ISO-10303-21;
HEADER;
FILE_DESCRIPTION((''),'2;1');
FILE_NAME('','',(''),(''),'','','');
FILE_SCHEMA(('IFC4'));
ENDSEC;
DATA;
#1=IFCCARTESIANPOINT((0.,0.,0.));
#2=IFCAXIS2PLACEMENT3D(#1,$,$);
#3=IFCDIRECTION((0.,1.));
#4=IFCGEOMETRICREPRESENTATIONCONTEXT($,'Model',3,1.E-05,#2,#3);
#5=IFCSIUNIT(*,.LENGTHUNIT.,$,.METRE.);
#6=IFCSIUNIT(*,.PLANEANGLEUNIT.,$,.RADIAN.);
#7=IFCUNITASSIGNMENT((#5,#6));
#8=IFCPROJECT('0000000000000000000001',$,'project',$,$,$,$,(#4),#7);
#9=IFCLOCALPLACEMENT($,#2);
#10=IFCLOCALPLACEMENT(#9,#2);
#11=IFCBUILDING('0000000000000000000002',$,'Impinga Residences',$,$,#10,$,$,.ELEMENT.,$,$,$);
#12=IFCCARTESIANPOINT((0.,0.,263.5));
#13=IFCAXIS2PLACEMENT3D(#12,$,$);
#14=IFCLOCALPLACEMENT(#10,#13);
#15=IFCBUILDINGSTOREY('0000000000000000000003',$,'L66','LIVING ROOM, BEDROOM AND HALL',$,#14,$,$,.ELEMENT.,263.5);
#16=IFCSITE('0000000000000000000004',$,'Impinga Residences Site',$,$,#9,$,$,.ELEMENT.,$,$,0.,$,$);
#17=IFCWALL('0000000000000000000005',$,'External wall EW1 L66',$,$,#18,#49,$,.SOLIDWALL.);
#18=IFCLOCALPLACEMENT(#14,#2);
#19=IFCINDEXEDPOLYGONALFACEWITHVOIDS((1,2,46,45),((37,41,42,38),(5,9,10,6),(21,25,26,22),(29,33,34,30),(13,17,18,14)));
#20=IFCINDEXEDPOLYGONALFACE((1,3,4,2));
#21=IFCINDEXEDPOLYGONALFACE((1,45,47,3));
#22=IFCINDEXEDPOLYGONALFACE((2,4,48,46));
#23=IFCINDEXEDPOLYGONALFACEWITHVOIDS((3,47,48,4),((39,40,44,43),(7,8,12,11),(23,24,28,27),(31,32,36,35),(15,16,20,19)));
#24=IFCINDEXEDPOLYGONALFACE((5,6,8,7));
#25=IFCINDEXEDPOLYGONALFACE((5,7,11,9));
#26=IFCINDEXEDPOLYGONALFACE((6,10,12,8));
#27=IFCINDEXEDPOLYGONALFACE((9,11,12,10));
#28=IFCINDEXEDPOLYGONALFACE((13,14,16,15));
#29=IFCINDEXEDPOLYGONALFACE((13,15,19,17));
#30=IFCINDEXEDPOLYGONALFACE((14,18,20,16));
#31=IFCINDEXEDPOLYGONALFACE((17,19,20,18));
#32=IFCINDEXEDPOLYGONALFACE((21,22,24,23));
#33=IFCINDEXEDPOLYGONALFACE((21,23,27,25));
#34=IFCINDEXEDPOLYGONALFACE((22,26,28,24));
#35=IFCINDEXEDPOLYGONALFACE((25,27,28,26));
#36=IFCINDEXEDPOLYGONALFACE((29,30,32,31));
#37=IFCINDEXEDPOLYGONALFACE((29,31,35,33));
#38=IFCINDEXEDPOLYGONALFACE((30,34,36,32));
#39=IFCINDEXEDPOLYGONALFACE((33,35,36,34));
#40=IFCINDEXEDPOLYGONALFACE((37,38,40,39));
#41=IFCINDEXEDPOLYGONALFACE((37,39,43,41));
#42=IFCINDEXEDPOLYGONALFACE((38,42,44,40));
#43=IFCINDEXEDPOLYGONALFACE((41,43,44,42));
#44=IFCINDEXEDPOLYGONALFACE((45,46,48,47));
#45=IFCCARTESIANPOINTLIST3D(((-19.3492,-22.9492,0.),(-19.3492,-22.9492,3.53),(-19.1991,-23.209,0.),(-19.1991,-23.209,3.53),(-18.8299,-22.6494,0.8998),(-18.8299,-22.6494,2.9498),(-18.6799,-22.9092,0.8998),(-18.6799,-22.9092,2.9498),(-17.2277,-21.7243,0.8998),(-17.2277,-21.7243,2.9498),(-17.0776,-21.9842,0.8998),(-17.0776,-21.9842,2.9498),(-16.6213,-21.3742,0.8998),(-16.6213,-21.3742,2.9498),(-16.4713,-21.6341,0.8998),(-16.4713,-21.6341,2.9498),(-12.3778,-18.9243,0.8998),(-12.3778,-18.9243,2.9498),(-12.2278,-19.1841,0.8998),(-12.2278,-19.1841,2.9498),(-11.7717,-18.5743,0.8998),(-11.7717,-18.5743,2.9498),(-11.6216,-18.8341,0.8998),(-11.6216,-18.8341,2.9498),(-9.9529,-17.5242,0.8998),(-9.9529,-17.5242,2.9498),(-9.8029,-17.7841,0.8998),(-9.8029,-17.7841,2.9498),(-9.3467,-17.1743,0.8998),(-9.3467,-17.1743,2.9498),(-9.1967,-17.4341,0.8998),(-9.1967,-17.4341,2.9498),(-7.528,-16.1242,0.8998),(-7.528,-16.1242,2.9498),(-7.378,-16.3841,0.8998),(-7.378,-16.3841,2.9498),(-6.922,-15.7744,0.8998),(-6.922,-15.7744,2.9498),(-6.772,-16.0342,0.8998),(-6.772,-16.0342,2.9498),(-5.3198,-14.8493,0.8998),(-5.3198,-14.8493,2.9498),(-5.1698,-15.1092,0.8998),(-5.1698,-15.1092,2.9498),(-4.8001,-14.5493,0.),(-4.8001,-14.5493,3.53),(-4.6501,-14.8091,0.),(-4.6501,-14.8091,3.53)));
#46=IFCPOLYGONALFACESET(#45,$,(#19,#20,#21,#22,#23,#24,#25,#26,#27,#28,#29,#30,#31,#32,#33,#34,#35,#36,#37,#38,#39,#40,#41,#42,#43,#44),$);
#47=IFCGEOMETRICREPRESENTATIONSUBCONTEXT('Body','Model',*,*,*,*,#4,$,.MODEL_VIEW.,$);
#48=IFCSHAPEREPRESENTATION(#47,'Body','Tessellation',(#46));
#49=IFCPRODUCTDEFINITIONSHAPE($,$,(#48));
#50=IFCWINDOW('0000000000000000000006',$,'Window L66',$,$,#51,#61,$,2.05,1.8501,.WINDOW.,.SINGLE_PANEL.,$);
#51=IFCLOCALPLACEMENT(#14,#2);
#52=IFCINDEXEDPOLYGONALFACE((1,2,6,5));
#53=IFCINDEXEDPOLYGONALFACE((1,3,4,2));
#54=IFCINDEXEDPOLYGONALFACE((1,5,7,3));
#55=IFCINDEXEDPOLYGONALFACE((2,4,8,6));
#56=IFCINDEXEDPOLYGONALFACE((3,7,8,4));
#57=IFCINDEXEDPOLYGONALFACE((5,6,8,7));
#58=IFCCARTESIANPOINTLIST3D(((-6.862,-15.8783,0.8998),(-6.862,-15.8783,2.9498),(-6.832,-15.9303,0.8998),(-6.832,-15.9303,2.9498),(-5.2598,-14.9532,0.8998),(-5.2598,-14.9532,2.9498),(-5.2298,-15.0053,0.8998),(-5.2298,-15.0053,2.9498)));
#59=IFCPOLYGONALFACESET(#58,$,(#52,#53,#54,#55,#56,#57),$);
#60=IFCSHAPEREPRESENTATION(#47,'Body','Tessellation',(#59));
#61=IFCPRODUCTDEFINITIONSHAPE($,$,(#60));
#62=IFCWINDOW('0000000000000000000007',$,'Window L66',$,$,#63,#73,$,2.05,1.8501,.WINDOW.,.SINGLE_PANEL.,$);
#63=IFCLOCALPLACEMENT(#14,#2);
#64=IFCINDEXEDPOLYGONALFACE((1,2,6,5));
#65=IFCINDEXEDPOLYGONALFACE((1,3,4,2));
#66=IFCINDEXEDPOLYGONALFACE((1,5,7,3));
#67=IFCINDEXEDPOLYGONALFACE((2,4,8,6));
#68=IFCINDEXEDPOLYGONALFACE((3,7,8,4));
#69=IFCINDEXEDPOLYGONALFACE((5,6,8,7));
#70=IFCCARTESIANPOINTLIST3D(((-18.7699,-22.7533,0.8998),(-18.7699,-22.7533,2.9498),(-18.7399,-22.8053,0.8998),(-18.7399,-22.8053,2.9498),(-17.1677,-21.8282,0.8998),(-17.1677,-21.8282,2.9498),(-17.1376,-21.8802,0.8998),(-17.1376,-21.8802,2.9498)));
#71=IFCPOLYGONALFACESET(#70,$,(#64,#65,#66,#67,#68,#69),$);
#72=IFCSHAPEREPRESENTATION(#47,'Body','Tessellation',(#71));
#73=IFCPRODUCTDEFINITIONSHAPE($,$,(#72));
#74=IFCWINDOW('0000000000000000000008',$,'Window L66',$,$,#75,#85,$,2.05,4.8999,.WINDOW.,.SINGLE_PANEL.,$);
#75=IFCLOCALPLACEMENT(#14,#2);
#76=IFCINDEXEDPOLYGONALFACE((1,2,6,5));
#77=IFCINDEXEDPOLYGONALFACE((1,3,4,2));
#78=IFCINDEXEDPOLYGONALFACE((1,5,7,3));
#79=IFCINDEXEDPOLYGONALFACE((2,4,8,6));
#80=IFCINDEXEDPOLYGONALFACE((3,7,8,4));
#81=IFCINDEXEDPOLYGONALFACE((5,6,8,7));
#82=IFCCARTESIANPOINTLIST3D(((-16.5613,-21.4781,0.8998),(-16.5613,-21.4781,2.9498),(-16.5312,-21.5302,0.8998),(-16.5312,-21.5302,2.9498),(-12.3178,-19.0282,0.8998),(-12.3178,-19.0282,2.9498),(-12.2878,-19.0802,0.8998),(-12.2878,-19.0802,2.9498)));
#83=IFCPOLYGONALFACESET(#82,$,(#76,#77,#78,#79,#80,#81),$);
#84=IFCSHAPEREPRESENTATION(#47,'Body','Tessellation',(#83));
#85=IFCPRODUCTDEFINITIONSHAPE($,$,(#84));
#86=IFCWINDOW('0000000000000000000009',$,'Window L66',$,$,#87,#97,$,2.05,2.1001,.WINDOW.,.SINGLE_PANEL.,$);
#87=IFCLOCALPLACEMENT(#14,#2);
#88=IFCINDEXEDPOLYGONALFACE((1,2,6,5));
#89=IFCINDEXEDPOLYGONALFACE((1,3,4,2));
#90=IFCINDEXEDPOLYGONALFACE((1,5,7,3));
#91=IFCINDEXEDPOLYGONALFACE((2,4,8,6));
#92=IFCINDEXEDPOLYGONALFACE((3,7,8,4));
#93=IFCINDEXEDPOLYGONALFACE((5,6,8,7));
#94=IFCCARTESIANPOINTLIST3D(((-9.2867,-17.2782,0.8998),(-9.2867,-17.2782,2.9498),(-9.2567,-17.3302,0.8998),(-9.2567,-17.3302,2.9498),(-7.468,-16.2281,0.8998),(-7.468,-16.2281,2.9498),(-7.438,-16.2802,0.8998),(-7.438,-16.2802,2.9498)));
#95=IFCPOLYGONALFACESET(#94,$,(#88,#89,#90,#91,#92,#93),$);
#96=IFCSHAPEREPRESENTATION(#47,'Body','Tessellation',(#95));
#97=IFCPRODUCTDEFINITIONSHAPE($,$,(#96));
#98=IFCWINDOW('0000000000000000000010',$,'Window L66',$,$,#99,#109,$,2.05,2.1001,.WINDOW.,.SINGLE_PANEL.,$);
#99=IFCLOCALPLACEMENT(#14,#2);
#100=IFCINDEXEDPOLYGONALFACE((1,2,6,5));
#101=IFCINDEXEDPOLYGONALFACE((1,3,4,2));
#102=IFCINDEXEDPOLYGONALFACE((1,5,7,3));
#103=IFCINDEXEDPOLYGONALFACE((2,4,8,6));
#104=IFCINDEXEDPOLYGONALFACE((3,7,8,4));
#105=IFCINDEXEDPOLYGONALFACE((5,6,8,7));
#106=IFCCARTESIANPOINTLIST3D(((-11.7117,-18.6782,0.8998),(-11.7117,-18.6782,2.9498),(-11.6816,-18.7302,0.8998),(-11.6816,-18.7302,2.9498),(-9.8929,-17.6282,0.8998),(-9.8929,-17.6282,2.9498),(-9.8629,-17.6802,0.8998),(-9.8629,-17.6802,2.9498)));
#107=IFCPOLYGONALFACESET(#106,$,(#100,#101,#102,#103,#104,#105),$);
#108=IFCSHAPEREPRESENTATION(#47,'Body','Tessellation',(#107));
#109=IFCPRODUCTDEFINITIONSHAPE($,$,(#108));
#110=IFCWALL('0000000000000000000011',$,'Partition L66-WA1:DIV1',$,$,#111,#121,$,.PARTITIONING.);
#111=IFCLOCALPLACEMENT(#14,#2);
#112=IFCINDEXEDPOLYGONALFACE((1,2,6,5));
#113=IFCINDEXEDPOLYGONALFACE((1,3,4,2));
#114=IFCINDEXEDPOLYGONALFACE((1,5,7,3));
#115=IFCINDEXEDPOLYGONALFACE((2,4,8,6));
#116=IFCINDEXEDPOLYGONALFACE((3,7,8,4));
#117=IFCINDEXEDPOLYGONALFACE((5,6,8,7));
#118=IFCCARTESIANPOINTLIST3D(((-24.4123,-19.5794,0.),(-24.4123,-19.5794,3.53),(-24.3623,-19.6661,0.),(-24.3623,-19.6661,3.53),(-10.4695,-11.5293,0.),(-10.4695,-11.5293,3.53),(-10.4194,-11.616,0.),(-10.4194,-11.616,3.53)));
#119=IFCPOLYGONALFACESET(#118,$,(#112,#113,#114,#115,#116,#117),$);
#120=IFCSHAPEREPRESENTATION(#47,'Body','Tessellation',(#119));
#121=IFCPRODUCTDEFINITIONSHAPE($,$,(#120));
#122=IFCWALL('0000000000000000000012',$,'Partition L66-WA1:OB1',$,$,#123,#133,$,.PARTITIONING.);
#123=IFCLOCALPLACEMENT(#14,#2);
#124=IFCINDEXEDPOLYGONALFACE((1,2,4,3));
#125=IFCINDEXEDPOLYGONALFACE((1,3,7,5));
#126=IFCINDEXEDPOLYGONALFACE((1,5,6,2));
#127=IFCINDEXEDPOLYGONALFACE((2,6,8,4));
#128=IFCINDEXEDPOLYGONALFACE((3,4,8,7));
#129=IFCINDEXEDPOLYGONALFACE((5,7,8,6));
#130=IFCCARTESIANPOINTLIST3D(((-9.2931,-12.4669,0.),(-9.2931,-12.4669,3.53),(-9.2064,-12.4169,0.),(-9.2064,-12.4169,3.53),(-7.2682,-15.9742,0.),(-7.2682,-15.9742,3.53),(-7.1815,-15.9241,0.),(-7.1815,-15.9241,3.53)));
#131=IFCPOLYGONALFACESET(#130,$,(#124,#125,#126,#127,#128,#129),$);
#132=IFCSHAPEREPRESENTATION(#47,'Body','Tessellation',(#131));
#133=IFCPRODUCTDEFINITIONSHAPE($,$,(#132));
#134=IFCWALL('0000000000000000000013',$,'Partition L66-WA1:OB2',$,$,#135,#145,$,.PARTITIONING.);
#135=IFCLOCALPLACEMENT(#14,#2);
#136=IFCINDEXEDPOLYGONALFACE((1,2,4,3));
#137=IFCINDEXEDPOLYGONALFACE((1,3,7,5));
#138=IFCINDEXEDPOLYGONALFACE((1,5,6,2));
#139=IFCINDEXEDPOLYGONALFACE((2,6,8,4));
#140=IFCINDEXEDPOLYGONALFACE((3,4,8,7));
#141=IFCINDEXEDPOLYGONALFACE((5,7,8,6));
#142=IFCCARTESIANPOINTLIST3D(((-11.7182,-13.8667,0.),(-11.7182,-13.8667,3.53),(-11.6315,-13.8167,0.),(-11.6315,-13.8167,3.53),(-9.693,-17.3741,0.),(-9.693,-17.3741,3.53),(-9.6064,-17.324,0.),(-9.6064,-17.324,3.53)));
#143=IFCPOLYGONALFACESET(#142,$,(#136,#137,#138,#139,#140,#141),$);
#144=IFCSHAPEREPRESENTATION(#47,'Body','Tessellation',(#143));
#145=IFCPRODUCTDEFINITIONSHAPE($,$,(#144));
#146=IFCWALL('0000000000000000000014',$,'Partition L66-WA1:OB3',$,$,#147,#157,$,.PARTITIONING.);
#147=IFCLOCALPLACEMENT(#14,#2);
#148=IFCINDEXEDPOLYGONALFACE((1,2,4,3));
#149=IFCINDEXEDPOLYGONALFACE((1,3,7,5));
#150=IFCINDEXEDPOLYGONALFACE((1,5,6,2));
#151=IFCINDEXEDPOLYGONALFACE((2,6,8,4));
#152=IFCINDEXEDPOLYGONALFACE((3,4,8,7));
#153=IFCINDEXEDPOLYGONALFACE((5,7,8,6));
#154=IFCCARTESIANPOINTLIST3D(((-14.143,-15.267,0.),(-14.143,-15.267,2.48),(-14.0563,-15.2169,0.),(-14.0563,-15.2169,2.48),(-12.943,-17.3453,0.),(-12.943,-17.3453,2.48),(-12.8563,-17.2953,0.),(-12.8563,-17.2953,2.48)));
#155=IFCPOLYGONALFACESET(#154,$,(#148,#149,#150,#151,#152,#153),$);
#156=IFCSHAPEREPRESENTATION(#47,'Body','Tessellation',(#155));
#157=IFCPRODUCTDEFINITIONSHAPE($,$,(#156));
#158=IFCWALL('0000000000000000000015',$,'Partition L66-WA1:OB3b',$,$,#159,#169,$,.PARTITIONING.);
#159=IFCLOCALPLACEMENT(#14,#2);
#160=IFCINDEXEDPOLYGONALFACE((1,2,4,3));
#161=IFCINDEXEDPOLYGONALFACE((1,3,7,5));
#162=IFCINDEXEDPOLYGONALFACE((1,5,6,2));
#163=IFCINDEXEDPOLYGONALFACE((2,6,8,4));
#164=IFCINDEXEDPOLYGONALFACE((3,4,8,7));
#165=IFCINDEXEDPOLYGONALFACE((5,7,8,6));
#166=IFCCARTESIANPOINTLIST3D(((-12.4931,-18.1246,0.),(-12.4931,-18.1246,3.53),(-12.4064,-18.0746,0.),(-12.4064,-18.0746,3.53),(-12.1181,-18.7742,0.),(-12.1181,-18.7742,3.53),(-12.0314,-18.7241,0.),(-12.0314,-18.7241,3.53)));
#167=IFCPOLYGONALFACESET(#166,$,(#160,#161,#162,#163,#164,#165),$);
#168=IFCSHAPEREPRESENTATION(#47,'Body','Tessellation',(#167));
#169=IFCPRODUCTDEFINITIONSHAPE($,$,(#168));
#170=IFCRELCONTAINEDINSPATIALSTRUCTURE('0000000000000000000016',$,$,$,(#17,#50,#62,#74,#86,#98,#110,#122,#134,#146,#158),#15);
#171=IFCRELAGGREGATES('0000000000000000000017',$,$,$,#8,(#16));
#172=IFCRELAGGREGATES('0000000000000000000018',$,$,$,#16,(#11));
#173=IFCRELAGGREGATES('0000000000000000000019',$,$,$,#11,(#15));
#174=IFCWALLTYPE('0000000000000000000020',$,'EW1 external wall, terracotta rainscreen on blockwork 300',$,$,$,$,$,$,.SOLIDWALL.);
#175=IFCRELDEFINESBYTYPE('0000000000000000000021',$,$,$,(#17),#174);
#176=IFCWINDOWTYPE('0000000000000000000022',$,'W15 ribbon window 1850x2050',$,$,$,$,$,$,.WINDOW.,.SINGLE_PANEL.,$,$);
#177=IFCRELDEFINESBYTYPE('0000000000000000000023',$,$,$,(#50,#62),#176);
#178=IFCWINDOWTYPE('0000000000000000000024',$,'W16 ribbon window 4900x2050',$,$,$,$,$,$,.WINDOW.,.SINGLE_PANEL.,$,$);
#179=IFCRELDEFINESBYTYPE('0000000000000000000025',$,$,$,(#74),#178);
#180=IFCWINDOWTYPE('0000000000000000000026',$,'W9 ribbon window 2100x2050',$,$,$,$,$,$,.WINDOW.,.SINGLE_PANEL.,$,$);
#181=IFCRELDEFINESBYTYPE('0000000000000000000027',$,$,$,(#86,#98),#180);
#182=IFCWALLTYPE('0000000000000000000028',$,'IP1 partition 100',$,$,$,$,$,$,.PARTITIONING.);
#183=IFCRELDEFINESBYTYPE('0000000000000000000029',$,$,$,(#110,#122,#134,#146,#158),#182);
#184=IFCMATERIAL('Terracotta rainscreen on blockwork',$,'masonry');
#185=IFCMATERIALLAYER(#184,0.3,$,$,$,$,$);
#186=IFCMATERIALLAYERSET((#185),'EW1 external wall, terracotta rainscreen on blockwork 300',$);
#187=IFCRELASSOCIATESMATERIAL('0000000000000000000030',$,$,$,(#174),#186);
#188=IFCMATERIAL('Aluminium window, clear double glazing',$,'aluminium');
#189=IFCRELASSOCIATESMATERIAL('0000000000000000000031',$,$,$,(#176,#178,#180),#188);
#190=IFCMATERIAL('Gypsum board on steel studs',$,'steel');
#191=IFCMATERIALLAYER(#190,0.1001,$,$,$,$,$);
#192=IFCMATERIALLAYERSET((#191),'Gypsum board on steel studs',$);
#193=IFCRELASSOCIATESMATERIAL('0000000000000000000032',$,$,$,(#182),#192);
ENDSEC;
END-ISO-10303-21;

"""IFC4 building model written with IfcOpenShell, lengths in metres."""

from ifc_helpers import new_model, si_unit, direction, frame, frame_2d, origin, place, context, subcontext, project, spatial, rectangle, extrude, material, layer, layer_set, type_object, element, fill, save


model = new_model("IFC4")

# Units and contexts
model_context = context("Model", 3, precision=1e-05, world=origin(), true_north=direction((0.0, 1.0)))
body_context = subcontext(model_context, "Body", "Model", "MODEL_VIEW")
ifc_project = project(units=[si_unit("LENGTHUNIT", "METRE"), si_unit("PLANEANGLEUNIT", "RADIAN")], contexts=[model_context])

# Site, building, storey
site_placement = place(None, origin())
site = spatial("IfcSite", under=ifc_project, at=site_placement, Name="Impinga Residences Site", CompositionType="ELEMENT", RefElevation=0.0)
building_placement = place(site_placement, origin())
building = spatial("IfcBuilding", under=site, at=building_placement, Name="Impinga Residences", CompositionType="ELEMENT")
storey_placement = place(building_placement, frame((0.0, 0.0, 263.5)))
storey = spatial("IfcBuildingStorey", under=building, at=storey_placement, Name="L66", Description="LIVING ROOM, BEDROOM AND HALL", CompositionType="ELEMENT", Elevation=263.5)

# Shared definitions
ifc_material_1 = material(Name="Terracotta rainscreen on blockwork", Category="masonry")
ifc_layer_1 = layer(ifc_material_1, 0.3)
ifc_layer_set_1 = layer_set([ifc_layer_1], Name="EW1 external wall, terracotta rainscreen on blockwork 300")
wall_type_1 = type_object("IfcWallType", Name="EW1 external wall, terracotta rainscreen on blockwork 300", PredefinedType="SOLIDWALL", material=ifc_layer_set_1)

# Wall, openings, windows
wall_1_placement = place(storey_placement, frame((-4.7251, -14.6792, 0.0), z_axis=(0.0, 0.0, 1.0), x_axis=(-0.866026, -0.5, 0.0)))
wall_1 = element("IfcWall", 1, at=wall_1_placement, inside=storey, type_object=wall_type_1, Name="External wall EW1 L66", PredefinedType="SOLIDWALL", context=body_context, shape_type="SweptSolid", body=[
    extrude(rectangle(XDim=16.7998, YDim=0.3, at=frame_2d((8.3999, 0.0))), origin(), (0.0, 0.0, 1.0), 3.53),
])
opening_1_placement = place(wall_1_placement, frame((0.6001, 0.0, 0.8999)))
opening_1 = element("IfcOpeningElement", 2, at=opening_1_placement, cuts=wall_1, PredefinedType="OPENING", context=body_context, shape_type="SweptSolid", body=[
    extrude(rectangle(XDim=1.8501, YDim=2.05, at=frame_2d((0.925, 1.0249))), frame((0.0, 0.1599, 0.0), z_axis=(0.0, -1.0, 0.0), x_axis=(1.0, 0.0, 0.0)), (0.0, 0.0, 1.0), 0.3201),
])
opening_2_placement = place(wall_1_placement, frame((3.1499, 0.0, 0.8999)))
opening_2 = element("IfcOpeningElement", 3, at=opening_2_placement, cuts=wall_1, PredefinedType="OPENING", context=body_context, shape_type="SweptSolid", body=[
    extrude(rectangle(XDim=2.1001, YDim=2.05, at=frame_2d((1.05, 1.0249))), frame((0.0, 0.1599, 0.0), z_axis=(0.0, -1.0, 0.0), x_axis=(1.0, 0.0, 0.0)), (0.0, 0.0, 1.0), 0.3201),
])
opening_3_placement = place(wall_1_placement, frame((5.95, 0.0, 0.8999)))
opening_3 = element("IfcOpeningElement", 4, at=opening_3_placement, cuts=wall_1, PredefinedType="OPENING", context=body_context, shape_type="SweptSolid", body=[
    extrude(rectangle(XDim=2.1001, YDim=2.05, at=frame_2d((1.05, 1.0249))), frame((0.0, 0.1599, 0.0), z_axis=(0.0, -1.0, 0.0), x_axis=(1.0, 0.0, 0.0)), (0.0, 0.0, 1.0), 0.3201),
])
opening_4_placement = place(wall_1_placement, frame((8.75, 0.0, 0.8999)))
opening_4 = element("IfcOpeningElement", 5, at=opening_4_placement, cuts=wall_1, PredefinedType="OPENING", context=body_context, shape_type="SweptSolid", body=[
    extrude(rectangle(XDim=4.8999, YDim=2.05, at=frame_2d((2.45, 1.0249))), frame((0.0, 0.1599, 0.0), z_axis=(0.0, -1.0, 0.0), x_axis=(1.0, 0.0, 0.0)), (0.0, 0.0, 1.0), 0.3201),
])
opening_5_placement = place(wall_1_placement, frame((14.3501, 0.0, 0.8999)))
opening_5 = element("IfcOpeningElement", 6, at=opening_5_placement, cuts=wall_1, PredefinedType="OPENING", context=body_context, shape_type="SweptSolid", body=[
    extrude(rectangle(XDim=1.8501, YDim=2.05, at=frame_2d((0.925, 1.0249))), frame((0.0, 0.1599, 0.0), z_axis=(0.0, -1.0, 0.0), x_axis=(1.0, 0.0, 0.0)), (0.0, 0.0, 1.0), 0.3201),
])
ifc_material_2 = material(Name="Aluminium window, clear double glazing", Category="aluminium")
window_type_1 = type_object("IfcWindowType", Name="W15 ribbon window 1850x2050", PartitioningType="SINGLE_PANEL", PredefinedType="WINDOW", material=ifc_material_2)
window_1_placement = place(opening_1_placement, origin())
window_1 = element("IfcWindow", 7, at=window_1_placement, inside=storey, type_object=window_type_1, Name="Window L66", OverallHeight=2.05, OverallWidth=1.8501, PartitioningType="SINGLE_PANEL", PredefinedType="WINDOW", context=body_context, shape_type="SweptSolid", body=[
    extrude(rectangle(XDim=1.8501, YDim=2.05, at=frame_2d((0.925, 1.0249))), frame((0.0, 0.03, 0.0), z_axis=(0.0, -1.0, 0.0), x_axis=(1.0, 0.0, 0.0)), (0.0, 0.0, 1.0), 0.0601),
])
fill(opening_1, window_1)
window_2_placement = place(opening_5_placement, origin())
window_2 = element("IfcWindow", 8, at=window_2_placement, inside=storey, type_object=window_type_1, Name="Window L66", OverallHeight=2.05, OverallWidth=1.8501, PartitioningType="SINGLE_PANEL", PredefinedType="WINDOW", context=body_context, shape_type="SweptSolid", body=[
    extrude(rectangle(XDim=1.8501, YDim=2.05, at=frame_2d((0.925, 1.0249))), frame((0.0, 0.03, 0.0), z_axis=(0.0, -1.0, 0.0), x_axis=(1.0, 0.0, 0.0)), (0.0, 0.0, 1.0), 0.0601),
])
fill(opening_5, window_2)
window_type_2 = type_object("IfcWindowType", Name="W16 ribbon window 4900x2050", PartitioningType="SINGLE_PANEL", PredefinedType="WINDOW", material=ifc_material_2)
window_3_placement = place(opening_4_placement, origin())
window_3 = element("IfcWindow", 9, at=window_3_placement, inside=storey, type_object=window_type_2, Name="Window L66", OverallHeight=2.05, OverallWidth=4.8999, PartitioningType="SINGLE_PANEL", PredefinedType="WINDOW", context=body_context, shape_type="SweptSolid", body=[
    extrude(rectangle(XDim=4.8999, YDim=2.05, at=frame_2d((2.45, 1.0249))), frame((0.0, 0.03, 0.0), z_axis=(0.0, -1.0, 0.0), x_axis=(1.0, 0.0, 0.0)), (0.0, 0.0, 1.0), 0.0601),
])
fill(opening_4, window_3)
window_type_3 = type_object("IfcWindowType", Name="W9 ribbon window 2100x2050", PartitioningType="SINGLE_PANEL", PredefinedType="WINDOW", material=ifc_material_2)
window_4_placement = place(opening_2_placement, origin())
window_4 = element("IfcWindow", 10, at=window_4_placement, inside=storey, type_object=window_type_3, Name="Window L66", OverallHeight=2.05, OverallWidth=2.1001, PartitioningType="SINGLE_PANEL", PredefinedType="WINDOW", context=body_context, shape_type="SweptSolid", body=[
    extrude(rectangle(XDim=2.1001, YDim=2.05, at=frame_2d((1.05, 1.0249))), frame((0.0, 0.03, 0.0), z_axis=(0.0, -1.0, 0.0), x_axis=(1.0, 0.0, 0.0)), (0.0, 0.0, 1.0), 0.0601),
])
fill(opening_2, window_4)
window_5_placement = place(opening_3_placement, origin())
window_5 = element("IfcWindow", 11, at=window_5_placement, inside=storey, type_object=window_type_3, Name="Window L66", OverallHeight=2.05, OverallWidth=2.1001, PartitioningType="SINGLE_PANEL", PredefinedType="WINDOW", context=body_context, shape_type="SweptSolid", body=[
    extrude(rectangle(XDim=2.1001, YDim=2.05, at=frame_2d((1.05, 1.0249))), frame((0.0, 0.03, 0.0), z_axis=(0.0, -1.0, 0.0), x_axis=(1.0, 0.0, 0.0)), (0.0, 0.0, 1.0), 0.0601),
])
fill(opening_3, window_5)

# Walls
ifc_material_3 = material(Name="Gypsum board on steel studs", Category="steel")
ifc_layer_2 = layer(ifc_material_3, 0.1001)
ifc_layer_set_2 = layer_set([ifc_layer_2], Name="Gypsum board on steel studs")
wall_type_2 = type_object("IfcWallType", Name="IP1 partition 100", PredefinedType="PARTITIONING", material=ifc_layer_set_2)
wall_2_placement = place(storey_placement, frame((-10.4446, -11.5728, 0.0), z_axis=(0.0, 0.0, 1.0), x_axis=(-0.866022, -0.500006, 0.0)))
element("IfcWall", 12, at=wall_2_placement, inside=storey, type_object=wall_type_2, Name="Partition L66-WA1:DIV1", PredefinedType="PARTITIONING", context=body_context, shape_type="SweptSolid", body=[
    extrude(rectangle(XDim=16.0999, YDim=0.1001, at=frame_2d((8.0498, 0.0))), origin(), (0.0, 0.0, 1.0), 3.53),
])
wall_3_placement = place(storey_placement, frame((-9.2498, -12.4419, 0.0), z_axis=(0.0, 0.0, 1.0), x_axis=(0.49999, -0.866031, 0.0)))
element("IfcWall", 13, at=wall_3_placement, inside=storey, type_object=wall_type_2, Name="Partition L66-WA1:OB1", PredefinedType="PARTITIONING", context=body_context, shape_type="SweptSolid", body=[
    extrude(rectangle(XDim=4.0498, YDim=0.1001, at=frame_2d((2.0249, 0.0))), origin(), (0.0, 0.0, 1.0), 3.53),
])
wall_4_placement = place(storey_placement, frame((-11.6748, -13.8418, 0.0), z_axis=(0.0, 0.0, 1.0), x_axis=(0.500036, -0.866005, 0.0)))
element("IfcWall", 14, at=wall_4_placement, inside=storey, type_object=wall_type_2, Name="Partition L66-WA1:OB2", PredefinedType="PARTITIONING", context=body_context, shape_type="SweptSolid", body=[
    extrude(rectangle(XDim=4.05, YDim=0.1001, at=frame_2d((2.0249, 0.0))), origin(), (0.0, 0.0, 1.0), 3.53),
])
wall_5_placement = place(storey_placement, frame((-14.0996, -15.2419, 0.0), z_axis=(0.0, 0.0, 1.0), x_axis=(0.500001, -0.866025, 0.0)))
element("IfcWall", 15, at=wall_5_placement, inside=storey, type_object=wall_type_2, Name="Partition L66-WA1:OB3", PredefinedType="PARTITIONING", context=body_context, shape_type="SweptSolid", body=[
    extrude(rectangle(XDim=2.3999, YDim=0.1001, at=frame_2d((1.2, 0.0))), origin(), (0.0, 0.0, 1.0), 2.48),
])
wall_6_placement = place(storey_placement, frame((-12.4497, -18.0996, 0.0), z_axis=(0.0, 0.0, 1.0), x_axis=(0.49992, -0.866072, 0.0)))
element("IfcWall", 16, at=wall_6_placement, inside=storey, type_object=wall_type_2, Name="Partition L66-WA1:OB3b", PredefinedType="PARTITIONING", context=body_context, shape_type="SweptSolid", body=[
    extrude(rectangle(XDim=0.75, YDim=0.1001, at=frame_2d((0.375, 0.0))), origin(), (0.0, 0.0, 1.0), 3.53),
])

save(model, "model.ifc")
